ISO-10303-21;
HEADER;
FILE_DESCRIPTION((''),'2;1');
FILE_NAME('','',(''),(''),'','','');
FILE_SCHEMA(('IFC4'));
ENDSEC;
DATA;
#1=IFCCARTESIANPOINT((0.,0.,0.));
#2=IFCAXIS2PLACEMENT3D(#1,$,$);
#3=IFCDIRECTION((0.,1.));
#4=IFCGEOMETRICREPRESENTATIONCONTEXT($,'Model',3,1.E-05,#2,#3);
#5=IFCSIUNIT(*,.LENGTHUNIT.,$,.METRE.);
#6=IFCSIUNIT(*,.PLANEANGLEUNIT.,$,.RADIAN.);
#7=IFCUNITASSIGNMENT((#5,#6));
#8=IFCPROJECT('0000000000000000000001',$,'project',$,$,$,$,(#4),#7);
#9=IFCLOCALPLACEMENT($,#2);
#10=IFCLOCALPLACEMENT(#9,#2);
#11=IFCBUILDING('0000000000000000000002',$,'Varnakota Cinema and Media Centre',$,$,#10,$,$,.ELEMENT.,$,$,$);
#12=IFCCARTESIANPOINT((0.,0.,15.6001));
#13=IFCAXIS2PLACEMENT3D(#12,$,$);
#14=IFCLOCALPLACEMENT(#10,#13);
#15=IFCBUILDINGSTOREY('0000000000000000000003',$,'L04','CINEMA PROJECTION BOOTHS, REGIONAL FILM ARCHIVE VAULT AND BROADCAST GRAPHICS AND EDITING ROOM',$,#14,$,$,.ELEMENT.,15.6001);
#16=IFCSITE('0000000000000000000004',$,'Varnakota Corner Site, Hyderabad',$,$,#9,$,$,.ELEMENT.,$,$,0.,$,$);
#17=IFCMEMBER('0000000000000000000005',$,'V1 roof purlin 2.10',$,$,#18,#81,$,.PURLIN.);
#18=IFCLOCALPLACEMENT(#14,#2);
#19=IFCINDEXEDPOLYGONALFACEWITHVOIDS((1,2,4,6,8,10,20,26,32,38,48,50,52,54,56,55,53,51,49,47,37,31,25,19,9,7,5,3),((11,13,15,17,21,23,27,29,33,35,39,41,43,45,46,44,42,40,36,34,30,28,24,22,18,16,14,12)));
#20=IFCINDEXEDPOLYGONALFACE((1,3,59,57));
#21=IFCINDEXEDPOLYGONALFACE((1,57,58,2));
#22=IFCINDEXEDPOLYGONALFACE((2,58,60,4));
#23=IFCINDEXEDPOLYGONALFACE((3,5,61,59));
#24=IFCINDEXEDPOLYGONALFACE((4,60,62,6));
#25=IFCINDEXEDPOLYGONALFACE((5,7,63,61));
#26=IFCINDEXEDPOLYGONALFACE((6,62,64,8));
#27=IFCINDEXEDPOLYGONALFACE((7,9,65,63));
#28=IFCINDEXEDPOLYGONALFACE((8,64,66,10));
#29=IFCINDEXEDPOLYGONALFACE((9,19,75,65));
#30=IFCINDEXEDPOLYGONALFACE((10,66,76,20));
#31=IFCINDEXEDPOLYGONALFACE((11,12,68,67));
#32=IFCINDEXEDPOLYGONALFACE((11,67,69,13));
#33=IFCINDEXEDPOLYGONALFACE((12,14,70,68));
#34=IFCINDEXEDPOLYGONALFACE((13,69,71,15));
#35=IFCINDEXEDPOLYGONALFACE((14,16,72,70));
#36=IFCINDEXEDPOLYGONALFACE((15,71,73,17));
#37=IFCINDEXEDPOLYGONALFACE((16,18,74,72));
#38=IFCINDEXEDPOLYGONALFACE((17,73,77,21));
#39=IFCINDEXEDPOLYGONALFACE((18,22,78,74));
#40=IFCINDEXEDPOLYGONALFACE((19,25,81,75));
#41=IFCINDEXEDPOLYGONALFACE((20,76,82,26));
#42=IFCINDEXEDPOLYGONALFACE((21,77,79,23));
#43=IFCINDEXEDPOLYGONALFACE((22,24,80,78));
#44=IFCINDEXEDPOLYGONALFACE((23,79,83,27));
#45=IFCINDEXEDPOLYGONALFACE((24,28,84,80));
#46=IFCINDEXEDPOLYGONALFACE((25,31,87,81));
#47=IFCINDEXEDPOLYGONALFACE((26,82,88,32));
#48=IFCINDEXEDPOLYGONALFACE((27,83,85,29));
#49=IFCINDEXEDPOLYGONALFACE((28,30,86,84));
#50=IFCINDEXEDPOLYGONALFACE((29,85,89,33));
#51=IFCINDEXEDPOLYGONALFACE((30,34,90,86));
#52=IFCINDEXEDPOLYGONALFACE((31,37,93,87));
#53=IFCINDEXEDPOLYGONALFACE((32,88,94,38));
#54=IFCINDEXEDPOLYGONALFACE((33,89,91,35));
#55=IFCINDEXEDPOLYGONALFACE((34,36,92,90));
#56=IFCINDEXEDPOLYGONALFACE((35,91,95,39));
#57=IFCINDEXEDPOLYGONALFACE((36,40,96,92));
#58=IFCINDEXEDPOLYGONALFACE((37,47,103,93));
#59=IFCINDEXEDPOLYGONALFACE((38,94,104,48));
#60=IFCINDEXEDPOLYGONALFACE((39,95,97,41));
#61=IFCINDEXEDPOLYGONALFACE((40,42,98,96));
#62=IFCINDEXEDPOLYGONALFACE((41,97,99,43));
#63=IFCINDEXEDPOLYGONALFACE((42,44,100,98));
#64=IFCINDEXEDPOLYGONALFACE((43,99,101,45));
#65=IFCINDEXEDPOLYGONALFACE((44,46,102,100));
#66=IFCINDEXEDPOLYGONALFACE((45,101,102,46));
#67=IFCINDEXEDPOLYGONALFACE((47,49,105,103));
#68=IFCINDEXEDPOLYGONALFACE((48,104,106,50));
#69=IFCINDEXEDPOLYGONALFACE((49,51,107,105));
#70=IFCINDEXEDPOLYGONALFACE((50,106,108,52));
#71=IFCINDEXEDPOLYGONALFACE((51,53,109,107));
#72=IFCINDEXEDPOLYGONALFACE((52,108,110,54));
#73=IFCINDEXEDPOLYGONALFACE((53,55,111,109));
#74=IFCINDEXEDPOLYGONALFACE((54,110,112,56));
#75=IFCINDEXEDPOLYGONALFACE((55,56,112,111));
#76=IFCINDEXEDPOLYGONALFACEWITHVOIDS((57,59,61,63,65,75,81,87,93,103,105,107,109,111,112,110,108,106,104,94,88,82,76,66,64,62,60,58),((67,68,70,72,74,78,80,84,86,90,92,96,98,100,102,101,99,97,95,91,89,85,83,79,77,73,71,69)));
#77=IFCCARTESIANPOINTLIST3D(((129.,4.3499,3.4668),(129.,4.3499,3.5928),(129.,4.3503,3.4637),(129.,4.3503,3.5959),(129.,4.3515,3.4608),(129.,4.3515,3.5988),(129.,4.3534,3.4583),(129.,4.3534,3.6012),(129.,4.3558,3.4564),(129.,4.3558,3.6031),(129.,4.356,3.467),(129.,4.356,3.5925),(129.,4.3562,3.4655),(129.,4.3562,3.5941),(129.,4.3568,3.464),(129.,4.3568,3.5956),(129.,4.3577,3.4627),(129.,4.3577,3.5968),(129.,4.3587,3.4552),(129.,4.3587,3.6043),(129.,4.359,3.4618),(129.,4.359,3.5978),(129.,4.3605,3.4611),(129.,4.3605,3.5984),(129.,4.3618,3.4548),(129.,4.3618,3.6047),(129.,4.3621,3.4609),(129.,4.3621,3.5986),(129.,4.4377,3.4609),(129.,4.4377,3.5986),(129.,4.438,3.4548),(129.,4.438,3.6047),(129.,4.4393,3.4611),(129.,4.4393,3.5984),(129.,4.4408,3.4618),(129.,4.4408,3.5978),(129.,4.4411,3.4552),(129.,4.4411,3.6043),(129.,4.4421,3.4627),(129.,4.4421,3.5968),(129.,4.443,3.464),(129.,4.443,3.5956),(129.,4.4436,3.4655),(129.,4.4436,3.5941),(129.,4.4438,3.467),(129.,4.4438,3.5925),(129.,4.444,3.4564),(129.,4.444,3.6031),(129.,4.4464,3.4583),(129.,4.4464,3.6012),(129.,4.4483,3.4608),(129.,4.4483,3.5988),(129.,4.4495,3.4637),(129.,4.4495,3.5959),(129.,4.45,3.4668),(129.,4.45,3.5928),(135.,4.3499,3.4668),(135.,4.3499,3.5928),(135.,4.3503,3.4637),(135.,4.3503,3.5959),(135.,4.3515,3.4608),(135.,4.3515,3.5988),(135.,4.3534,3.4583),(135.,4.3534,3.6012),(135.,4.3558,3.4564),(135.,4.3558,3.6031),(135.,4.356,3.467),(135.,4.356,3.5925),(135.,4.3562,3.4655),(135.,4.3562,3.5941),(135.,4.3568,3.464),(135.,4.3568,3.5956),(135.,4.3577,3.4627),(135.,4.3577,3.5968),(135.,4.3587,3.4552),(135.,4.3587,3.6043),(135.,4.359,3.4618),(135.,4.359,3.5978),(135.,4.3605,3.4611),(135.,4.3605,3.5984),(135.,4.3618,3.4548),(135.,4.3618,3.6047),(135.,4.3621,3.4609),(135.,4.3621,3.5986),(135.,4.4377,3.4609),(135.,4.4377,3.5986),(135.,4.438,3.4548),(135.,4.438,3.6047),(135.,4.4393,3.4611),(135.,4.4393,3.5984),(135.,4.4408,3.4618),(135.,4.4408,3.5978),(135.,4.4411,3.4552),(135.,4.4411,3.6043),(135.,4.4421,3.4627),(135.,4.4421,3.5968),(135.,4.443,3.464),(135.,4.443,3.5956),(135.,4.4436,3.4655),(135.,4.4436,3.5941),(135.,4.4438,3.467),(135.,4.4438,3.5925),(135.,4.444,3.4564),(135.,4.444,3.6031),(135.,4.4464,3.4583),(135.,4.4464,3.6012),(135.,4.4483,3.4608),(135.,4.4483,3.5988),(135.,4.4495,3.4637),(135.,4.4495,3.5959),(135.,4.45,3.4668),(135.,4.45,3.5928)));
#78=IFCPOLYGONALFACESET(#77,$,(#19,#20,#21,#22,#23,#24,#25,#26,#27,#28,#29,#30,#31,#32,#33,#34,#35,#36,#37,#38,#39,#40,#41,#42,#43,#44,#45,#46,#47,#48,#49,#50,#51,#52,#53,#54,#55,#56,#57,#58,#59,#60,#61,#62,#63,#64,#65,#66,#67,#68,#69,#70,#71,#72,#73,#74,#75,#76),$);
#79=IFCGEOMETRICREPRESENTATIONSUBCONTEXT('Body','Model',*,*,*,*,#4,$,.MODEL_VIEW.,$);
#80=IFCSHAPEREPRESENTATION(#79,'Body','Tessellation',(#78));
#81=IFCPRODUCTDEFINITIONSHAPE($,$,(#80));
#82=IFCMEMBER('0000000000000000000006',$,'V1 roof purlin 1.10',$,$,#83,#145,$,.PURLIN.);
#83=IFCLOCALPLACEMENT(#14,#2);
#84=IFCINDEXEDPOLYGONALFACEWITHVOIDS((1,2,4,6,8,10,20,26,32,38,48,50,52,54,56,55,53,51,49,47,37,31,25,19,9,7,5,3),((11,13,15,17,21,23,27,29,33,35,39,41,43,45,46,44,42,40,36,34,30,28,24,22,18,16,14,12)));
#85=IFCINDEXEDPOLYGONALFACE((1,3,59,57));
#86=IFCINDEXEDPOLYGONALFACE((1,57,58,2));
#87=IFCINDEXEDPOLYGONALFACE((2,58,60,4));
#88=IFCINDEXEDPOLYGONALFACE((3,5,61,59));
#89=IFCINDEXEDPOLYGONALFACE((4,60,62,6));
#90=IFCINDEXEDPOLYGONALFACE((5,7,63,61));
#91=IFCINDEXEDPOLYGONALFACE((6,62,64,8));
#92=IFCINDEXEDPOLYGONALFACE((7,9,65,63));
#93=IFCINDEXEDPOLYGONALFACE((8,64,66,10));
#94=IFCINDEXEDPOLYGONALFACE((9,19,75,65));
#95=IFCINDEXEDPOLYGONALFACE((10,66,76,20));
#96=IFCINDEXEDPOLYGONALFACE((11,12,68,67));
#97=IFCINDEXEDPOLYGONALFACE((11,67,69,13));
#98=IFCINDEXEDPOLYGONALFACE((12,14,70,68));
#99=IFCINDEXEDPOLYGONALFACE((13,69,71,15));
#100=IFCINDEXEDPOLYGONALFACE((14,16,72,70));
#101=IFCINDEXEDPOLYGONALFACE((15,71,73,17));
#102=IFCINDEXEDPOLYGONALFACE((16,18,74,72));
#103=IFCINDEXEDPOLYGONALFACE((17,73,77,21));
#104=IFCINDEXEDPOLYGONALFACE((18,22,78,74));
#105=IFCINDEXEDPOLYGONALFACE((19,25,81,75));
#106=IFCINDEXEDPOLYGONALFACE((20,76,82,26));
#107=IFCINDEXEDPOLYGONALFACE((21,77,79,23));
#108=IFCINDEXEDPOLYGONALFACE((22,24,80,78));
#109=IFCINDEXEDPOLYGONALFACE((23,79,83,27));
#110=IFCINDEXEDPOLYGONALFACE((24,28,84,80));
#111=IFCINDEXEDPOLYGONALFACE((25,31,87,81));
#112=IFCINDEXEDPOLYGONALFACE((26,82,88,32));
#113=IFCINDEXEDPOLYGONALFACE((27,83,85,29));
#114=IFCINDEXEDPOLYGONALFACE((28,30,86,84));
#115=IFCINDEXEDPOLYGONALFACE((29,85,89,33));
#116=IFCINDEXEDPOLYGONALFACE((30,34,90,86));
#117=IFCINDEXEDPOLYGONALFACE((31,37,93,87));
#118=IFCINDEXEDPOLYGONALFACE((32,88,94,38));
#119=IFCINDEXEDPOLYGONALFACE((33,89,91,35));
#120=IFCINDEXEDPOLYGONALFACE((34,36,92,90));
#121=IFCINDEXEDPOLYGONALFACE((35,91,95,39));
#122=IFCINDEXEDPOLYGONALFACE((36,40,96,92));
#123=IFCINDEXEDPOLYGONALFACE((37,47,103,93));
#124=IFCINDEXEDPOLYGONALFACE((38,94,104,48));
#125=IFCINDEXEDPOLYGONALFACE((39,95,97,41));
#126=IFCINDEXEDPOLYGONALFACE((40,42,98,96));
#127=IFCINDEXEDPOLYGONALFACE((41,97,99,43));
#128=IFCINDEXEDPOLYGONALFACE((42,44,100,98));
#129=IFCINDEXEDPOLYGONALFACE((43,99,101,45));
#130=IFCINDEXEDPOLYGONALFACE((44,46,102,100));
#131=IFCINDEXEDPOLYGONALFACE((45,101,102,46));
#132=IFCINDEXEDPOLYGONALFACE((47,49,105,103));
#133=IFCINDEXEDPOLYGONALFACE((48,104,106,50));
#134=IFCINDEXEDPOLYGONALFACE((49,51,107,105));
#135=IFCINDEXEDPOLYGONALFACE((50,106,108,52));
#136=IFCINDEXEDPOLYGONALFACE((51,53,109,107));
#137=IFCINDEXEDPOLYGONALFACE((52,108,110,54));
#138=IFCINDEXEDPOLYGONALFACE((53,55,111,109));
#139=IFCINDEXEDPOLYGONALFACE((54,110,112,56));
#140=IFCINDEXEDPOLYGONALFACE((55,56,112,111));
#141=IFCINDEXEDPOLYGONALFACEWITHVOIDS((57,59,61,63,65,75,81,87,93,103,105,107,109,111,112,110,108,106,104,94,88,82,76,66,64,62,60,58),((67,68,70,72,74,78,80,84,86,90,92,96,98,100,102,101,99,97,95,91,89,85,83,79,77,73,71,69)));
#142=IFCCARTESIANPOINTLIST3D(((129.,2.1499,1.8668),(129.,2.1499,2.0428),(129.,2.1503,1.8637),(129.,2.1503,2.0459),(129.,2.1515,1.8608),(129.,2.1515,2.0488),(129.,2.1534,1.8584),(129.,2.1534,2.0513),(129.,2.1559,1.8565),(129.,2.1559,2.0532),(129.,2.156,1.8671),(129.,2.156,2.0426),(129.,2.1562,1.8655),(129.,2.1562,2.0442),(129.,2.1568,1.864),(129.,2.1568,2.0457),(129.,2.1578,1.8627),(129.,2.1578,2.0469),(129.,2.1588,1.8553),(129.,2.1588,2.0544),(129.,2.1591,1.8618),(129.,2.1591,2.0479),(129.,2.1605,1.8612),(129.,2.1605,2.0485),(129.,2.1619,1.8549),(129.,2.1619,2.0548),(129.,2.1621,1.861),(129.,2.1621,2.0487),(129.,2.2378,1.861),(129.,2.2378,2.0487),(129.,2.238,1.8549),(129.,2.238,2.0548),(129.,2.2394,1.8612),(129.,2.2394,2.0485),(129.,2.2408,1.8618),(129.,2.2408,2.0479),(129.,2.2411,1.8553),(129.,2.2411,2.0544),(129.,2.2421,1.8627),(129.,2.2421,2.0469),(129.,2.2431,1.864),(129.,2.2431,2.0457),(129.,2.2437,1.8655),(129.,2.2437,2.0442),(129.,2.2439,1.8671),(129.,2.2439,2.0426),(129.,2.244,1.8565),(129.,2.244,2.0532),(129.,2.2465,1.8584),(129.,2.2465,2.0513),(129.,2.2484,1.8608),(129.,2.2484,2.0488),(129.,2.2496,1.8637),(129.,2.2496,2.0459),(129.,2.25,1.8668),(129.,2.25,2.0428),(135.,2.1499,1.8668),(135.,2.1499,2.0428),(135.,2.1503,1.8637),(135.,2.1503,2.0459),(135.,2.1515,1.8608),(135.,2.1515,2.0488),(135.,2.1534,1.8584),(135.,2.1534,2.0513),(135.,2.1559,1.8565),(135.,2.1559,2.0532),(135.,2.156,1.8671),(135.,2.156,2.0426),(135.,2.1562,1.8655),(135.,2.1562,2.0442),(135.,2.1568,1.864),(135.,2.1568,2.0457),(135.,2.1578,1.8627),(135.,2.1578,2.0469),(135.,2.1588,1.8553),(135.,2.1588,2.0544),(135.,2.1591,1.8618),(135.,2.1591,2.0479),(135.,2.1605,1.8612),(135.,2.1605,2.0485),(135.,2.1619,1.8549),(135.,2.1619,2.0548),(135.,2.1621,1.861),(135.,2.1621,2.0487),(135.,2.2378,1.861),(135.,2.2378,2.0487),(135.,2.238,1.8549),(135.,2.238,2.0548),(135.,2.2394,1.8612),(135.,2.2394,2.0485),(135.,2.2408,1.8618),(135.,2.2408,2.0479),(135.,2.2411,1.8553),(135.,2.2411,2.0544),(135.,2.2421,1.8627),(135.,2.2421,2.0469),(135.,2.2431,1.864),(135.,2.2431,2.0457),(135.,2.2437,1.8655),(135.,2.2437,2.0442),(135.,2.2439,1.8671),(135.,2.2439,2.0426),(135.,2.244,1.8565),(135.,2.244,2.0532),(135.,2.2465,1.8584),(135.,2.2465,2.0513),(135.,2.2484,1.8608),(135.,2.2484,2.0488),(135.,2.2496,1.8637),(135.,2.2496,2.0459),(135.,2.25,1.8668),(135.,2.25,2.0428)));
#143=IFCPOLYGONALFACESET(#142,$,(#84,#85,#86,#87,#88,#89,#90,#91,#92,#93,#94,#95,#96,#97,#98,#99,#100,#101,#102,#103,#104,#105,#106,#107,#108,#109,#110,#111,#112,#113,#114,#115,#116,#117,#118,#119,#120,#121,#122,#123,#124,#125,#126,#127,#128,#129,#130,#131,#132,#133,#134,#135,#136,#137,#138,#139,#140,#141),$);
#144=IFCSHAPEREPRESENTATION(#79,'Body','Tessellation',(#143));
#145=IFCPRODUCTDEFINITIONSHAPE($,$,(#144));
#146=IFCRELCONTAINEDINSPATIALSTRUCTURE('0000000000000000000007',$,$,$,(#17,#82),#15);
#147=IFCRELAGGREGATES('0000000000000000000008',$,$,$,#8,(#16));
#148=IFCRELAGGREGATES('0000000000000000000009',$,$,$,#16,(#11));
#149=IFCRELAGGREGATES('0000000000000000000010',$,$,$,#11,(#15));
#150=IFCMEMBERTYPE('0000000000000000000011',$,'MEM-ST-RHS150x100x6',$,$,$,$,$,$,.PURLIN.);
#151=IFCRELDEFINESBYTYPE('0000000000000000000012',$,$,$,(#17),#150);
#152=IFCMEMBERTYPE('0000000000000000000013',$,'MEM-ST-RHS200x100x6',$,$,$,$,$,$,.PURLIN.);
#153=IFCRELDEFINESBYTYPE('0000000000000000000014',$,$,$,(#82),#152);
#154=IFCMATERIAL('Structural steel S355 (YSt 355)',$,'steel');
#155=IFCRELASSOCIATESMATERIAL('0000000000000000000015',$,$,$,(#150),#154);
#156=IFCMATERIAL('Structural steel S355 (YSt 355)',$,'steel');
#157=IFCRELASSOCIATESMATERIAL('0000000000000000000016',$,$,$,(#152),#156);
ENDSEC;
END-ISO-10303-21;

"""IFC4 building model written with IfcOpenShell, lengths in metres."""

from ifc_helpers import new_model, si_unit, direction, frame, origin, origin_2d, place, context, subcontext, project, spatial, hollow_rectangle, extrude, material, material_profile, profile_set, type_object, element, save


model = new_model("IFC4")

# Units and contexts
model_context = context("Model", 3, precision=1e-05, world=origin(), true_north=direction((0.0, 1.0)))
body_context = subcontext(model_context, "Body", "Model", "MODEL_VIEW")
ifc_project = project(units=[si_unit("LENGTHUNIT", "METRE"), si_unit("PLANEANGLEUNIT", "RADIAN")], contexts=[model_context])

# Site, building, storey
site_placement = place(None, origin())
site = spatial("IfcSite", under=ifc_project, at=site_placement, Name="Varnakota Corner Site, Hyderabad", CompositionType="ELEMENT", RefElevation=0.0)
building_placement = place(site_placement, origin())
building = spatial("IfcBuilding", under=site, at=building_placement, Name="Varnakota Cinema and Media Centre", CompositionType="ELEMENT")
storey_placement = place(building_placement, frame((0.0, 0.0, 15.6001)))
storey = spatial("IfcBuildingStorey", under=building, at=storey_placement, Name="L04", Description="CINEMA PROJECTION BOOTHS, REGIONAL FILM ARCHIVE VAULT AND BROADCAST GRAPHICS AND EDITING ROOM", CompositionType="ELEMENT", Elevation=15.6001)

# Members
ifc_material_1 = material(Name="Structural steel S355 (YSt 355)", Category="steel")
ifc_material_profile_1 = material_profile(ifc_material_1, hollow_rectangle(XDim=0.1001, YDim=0.1499, WallThickness=0.0061, InnerFilletRadius=0.0061, OuterFilletRadius=0.012, at=origin_2d()), Name="RHS 150x100x6")
ifc_profile_set_1 = profile_set([ifc_material_profile_1], Name="Structural steel S355 (YSt 355)")
member_type_1 = type_object("IfcMemberType", Name="MEM-ST-RHS150x100x6", PredefinedType="PURLIN", material=ifc_profile_set_1)
member_1_placement = place(storey_placement, frame((129.0, 4.3999, 3.5298), z_axis=(1.0, 0.0, 0.0), x_axis=(0.0, 1.0, 0.0)))
element("IfcMember", 1, at=member_1_placement, inside=storey, type_object=member_type_1, Name="V1 roof purlin 2.10", PredefinedType="PURLIN", context=body_context, shape_type="SweptSolid", body=[
    extrude(hollow_rectangle(XDim=0.1001, YDim=0.1499, WallThickness=0.0061, InnerFilletRadius=0.0061, OuterFilletRadius=0.012, at=origin_2d()), origin(), (0.0, 0.0, 1.0), 6.0),
])
ifc_material_2 = material(Name="Structural steel S355 (YSt 355)", Category="steel")
ifc_material_profile_2 = material_profile(ifc_material_2, hollow_rectangle(XDim=0.1001, YDim=0.2, WallThickness=0.0061, InnerFilletRadius=0.0061, OuterFilletRadius=0.012, at=origin_2d()), Name="RHS 200x100x6")
ifc_profile_set_2 = profile_set([ifc_material_profile_2], Name="Structural steel S355 (YSt 355)")
member_type_2 = type_object("IfcMemberType", Name="MEM-ST-RHS200x100x6", PredefinedType="PURLIN", material=ifc_profile_set_2)
member_2_placement = place(storey_placement, frame((129.0, 2.2, 1.9548), z_axis=(1.0, 0.0, 0.0), x_axis=(0.0, 1.0, 0.0)))
element("IfcMember", 2, at=member_2_placement, inside=storey, type_object=member_type_2, Name="V1 roof purlin 1.10", PredefinedType="PURLIN", context=body_context, shape_type="SweptSolid", body=[
    extrude(hollow_rectangle(XDim=0.1001, YDim=0.2, WallThickness=0.0061, InnerFilletRadius=0.0061, OuterFilletRadius=0.012, at=origin_2d()), origin(), (0.0, 0.0, 1.0), 6.0),
])

save(model, "model.ifc")
